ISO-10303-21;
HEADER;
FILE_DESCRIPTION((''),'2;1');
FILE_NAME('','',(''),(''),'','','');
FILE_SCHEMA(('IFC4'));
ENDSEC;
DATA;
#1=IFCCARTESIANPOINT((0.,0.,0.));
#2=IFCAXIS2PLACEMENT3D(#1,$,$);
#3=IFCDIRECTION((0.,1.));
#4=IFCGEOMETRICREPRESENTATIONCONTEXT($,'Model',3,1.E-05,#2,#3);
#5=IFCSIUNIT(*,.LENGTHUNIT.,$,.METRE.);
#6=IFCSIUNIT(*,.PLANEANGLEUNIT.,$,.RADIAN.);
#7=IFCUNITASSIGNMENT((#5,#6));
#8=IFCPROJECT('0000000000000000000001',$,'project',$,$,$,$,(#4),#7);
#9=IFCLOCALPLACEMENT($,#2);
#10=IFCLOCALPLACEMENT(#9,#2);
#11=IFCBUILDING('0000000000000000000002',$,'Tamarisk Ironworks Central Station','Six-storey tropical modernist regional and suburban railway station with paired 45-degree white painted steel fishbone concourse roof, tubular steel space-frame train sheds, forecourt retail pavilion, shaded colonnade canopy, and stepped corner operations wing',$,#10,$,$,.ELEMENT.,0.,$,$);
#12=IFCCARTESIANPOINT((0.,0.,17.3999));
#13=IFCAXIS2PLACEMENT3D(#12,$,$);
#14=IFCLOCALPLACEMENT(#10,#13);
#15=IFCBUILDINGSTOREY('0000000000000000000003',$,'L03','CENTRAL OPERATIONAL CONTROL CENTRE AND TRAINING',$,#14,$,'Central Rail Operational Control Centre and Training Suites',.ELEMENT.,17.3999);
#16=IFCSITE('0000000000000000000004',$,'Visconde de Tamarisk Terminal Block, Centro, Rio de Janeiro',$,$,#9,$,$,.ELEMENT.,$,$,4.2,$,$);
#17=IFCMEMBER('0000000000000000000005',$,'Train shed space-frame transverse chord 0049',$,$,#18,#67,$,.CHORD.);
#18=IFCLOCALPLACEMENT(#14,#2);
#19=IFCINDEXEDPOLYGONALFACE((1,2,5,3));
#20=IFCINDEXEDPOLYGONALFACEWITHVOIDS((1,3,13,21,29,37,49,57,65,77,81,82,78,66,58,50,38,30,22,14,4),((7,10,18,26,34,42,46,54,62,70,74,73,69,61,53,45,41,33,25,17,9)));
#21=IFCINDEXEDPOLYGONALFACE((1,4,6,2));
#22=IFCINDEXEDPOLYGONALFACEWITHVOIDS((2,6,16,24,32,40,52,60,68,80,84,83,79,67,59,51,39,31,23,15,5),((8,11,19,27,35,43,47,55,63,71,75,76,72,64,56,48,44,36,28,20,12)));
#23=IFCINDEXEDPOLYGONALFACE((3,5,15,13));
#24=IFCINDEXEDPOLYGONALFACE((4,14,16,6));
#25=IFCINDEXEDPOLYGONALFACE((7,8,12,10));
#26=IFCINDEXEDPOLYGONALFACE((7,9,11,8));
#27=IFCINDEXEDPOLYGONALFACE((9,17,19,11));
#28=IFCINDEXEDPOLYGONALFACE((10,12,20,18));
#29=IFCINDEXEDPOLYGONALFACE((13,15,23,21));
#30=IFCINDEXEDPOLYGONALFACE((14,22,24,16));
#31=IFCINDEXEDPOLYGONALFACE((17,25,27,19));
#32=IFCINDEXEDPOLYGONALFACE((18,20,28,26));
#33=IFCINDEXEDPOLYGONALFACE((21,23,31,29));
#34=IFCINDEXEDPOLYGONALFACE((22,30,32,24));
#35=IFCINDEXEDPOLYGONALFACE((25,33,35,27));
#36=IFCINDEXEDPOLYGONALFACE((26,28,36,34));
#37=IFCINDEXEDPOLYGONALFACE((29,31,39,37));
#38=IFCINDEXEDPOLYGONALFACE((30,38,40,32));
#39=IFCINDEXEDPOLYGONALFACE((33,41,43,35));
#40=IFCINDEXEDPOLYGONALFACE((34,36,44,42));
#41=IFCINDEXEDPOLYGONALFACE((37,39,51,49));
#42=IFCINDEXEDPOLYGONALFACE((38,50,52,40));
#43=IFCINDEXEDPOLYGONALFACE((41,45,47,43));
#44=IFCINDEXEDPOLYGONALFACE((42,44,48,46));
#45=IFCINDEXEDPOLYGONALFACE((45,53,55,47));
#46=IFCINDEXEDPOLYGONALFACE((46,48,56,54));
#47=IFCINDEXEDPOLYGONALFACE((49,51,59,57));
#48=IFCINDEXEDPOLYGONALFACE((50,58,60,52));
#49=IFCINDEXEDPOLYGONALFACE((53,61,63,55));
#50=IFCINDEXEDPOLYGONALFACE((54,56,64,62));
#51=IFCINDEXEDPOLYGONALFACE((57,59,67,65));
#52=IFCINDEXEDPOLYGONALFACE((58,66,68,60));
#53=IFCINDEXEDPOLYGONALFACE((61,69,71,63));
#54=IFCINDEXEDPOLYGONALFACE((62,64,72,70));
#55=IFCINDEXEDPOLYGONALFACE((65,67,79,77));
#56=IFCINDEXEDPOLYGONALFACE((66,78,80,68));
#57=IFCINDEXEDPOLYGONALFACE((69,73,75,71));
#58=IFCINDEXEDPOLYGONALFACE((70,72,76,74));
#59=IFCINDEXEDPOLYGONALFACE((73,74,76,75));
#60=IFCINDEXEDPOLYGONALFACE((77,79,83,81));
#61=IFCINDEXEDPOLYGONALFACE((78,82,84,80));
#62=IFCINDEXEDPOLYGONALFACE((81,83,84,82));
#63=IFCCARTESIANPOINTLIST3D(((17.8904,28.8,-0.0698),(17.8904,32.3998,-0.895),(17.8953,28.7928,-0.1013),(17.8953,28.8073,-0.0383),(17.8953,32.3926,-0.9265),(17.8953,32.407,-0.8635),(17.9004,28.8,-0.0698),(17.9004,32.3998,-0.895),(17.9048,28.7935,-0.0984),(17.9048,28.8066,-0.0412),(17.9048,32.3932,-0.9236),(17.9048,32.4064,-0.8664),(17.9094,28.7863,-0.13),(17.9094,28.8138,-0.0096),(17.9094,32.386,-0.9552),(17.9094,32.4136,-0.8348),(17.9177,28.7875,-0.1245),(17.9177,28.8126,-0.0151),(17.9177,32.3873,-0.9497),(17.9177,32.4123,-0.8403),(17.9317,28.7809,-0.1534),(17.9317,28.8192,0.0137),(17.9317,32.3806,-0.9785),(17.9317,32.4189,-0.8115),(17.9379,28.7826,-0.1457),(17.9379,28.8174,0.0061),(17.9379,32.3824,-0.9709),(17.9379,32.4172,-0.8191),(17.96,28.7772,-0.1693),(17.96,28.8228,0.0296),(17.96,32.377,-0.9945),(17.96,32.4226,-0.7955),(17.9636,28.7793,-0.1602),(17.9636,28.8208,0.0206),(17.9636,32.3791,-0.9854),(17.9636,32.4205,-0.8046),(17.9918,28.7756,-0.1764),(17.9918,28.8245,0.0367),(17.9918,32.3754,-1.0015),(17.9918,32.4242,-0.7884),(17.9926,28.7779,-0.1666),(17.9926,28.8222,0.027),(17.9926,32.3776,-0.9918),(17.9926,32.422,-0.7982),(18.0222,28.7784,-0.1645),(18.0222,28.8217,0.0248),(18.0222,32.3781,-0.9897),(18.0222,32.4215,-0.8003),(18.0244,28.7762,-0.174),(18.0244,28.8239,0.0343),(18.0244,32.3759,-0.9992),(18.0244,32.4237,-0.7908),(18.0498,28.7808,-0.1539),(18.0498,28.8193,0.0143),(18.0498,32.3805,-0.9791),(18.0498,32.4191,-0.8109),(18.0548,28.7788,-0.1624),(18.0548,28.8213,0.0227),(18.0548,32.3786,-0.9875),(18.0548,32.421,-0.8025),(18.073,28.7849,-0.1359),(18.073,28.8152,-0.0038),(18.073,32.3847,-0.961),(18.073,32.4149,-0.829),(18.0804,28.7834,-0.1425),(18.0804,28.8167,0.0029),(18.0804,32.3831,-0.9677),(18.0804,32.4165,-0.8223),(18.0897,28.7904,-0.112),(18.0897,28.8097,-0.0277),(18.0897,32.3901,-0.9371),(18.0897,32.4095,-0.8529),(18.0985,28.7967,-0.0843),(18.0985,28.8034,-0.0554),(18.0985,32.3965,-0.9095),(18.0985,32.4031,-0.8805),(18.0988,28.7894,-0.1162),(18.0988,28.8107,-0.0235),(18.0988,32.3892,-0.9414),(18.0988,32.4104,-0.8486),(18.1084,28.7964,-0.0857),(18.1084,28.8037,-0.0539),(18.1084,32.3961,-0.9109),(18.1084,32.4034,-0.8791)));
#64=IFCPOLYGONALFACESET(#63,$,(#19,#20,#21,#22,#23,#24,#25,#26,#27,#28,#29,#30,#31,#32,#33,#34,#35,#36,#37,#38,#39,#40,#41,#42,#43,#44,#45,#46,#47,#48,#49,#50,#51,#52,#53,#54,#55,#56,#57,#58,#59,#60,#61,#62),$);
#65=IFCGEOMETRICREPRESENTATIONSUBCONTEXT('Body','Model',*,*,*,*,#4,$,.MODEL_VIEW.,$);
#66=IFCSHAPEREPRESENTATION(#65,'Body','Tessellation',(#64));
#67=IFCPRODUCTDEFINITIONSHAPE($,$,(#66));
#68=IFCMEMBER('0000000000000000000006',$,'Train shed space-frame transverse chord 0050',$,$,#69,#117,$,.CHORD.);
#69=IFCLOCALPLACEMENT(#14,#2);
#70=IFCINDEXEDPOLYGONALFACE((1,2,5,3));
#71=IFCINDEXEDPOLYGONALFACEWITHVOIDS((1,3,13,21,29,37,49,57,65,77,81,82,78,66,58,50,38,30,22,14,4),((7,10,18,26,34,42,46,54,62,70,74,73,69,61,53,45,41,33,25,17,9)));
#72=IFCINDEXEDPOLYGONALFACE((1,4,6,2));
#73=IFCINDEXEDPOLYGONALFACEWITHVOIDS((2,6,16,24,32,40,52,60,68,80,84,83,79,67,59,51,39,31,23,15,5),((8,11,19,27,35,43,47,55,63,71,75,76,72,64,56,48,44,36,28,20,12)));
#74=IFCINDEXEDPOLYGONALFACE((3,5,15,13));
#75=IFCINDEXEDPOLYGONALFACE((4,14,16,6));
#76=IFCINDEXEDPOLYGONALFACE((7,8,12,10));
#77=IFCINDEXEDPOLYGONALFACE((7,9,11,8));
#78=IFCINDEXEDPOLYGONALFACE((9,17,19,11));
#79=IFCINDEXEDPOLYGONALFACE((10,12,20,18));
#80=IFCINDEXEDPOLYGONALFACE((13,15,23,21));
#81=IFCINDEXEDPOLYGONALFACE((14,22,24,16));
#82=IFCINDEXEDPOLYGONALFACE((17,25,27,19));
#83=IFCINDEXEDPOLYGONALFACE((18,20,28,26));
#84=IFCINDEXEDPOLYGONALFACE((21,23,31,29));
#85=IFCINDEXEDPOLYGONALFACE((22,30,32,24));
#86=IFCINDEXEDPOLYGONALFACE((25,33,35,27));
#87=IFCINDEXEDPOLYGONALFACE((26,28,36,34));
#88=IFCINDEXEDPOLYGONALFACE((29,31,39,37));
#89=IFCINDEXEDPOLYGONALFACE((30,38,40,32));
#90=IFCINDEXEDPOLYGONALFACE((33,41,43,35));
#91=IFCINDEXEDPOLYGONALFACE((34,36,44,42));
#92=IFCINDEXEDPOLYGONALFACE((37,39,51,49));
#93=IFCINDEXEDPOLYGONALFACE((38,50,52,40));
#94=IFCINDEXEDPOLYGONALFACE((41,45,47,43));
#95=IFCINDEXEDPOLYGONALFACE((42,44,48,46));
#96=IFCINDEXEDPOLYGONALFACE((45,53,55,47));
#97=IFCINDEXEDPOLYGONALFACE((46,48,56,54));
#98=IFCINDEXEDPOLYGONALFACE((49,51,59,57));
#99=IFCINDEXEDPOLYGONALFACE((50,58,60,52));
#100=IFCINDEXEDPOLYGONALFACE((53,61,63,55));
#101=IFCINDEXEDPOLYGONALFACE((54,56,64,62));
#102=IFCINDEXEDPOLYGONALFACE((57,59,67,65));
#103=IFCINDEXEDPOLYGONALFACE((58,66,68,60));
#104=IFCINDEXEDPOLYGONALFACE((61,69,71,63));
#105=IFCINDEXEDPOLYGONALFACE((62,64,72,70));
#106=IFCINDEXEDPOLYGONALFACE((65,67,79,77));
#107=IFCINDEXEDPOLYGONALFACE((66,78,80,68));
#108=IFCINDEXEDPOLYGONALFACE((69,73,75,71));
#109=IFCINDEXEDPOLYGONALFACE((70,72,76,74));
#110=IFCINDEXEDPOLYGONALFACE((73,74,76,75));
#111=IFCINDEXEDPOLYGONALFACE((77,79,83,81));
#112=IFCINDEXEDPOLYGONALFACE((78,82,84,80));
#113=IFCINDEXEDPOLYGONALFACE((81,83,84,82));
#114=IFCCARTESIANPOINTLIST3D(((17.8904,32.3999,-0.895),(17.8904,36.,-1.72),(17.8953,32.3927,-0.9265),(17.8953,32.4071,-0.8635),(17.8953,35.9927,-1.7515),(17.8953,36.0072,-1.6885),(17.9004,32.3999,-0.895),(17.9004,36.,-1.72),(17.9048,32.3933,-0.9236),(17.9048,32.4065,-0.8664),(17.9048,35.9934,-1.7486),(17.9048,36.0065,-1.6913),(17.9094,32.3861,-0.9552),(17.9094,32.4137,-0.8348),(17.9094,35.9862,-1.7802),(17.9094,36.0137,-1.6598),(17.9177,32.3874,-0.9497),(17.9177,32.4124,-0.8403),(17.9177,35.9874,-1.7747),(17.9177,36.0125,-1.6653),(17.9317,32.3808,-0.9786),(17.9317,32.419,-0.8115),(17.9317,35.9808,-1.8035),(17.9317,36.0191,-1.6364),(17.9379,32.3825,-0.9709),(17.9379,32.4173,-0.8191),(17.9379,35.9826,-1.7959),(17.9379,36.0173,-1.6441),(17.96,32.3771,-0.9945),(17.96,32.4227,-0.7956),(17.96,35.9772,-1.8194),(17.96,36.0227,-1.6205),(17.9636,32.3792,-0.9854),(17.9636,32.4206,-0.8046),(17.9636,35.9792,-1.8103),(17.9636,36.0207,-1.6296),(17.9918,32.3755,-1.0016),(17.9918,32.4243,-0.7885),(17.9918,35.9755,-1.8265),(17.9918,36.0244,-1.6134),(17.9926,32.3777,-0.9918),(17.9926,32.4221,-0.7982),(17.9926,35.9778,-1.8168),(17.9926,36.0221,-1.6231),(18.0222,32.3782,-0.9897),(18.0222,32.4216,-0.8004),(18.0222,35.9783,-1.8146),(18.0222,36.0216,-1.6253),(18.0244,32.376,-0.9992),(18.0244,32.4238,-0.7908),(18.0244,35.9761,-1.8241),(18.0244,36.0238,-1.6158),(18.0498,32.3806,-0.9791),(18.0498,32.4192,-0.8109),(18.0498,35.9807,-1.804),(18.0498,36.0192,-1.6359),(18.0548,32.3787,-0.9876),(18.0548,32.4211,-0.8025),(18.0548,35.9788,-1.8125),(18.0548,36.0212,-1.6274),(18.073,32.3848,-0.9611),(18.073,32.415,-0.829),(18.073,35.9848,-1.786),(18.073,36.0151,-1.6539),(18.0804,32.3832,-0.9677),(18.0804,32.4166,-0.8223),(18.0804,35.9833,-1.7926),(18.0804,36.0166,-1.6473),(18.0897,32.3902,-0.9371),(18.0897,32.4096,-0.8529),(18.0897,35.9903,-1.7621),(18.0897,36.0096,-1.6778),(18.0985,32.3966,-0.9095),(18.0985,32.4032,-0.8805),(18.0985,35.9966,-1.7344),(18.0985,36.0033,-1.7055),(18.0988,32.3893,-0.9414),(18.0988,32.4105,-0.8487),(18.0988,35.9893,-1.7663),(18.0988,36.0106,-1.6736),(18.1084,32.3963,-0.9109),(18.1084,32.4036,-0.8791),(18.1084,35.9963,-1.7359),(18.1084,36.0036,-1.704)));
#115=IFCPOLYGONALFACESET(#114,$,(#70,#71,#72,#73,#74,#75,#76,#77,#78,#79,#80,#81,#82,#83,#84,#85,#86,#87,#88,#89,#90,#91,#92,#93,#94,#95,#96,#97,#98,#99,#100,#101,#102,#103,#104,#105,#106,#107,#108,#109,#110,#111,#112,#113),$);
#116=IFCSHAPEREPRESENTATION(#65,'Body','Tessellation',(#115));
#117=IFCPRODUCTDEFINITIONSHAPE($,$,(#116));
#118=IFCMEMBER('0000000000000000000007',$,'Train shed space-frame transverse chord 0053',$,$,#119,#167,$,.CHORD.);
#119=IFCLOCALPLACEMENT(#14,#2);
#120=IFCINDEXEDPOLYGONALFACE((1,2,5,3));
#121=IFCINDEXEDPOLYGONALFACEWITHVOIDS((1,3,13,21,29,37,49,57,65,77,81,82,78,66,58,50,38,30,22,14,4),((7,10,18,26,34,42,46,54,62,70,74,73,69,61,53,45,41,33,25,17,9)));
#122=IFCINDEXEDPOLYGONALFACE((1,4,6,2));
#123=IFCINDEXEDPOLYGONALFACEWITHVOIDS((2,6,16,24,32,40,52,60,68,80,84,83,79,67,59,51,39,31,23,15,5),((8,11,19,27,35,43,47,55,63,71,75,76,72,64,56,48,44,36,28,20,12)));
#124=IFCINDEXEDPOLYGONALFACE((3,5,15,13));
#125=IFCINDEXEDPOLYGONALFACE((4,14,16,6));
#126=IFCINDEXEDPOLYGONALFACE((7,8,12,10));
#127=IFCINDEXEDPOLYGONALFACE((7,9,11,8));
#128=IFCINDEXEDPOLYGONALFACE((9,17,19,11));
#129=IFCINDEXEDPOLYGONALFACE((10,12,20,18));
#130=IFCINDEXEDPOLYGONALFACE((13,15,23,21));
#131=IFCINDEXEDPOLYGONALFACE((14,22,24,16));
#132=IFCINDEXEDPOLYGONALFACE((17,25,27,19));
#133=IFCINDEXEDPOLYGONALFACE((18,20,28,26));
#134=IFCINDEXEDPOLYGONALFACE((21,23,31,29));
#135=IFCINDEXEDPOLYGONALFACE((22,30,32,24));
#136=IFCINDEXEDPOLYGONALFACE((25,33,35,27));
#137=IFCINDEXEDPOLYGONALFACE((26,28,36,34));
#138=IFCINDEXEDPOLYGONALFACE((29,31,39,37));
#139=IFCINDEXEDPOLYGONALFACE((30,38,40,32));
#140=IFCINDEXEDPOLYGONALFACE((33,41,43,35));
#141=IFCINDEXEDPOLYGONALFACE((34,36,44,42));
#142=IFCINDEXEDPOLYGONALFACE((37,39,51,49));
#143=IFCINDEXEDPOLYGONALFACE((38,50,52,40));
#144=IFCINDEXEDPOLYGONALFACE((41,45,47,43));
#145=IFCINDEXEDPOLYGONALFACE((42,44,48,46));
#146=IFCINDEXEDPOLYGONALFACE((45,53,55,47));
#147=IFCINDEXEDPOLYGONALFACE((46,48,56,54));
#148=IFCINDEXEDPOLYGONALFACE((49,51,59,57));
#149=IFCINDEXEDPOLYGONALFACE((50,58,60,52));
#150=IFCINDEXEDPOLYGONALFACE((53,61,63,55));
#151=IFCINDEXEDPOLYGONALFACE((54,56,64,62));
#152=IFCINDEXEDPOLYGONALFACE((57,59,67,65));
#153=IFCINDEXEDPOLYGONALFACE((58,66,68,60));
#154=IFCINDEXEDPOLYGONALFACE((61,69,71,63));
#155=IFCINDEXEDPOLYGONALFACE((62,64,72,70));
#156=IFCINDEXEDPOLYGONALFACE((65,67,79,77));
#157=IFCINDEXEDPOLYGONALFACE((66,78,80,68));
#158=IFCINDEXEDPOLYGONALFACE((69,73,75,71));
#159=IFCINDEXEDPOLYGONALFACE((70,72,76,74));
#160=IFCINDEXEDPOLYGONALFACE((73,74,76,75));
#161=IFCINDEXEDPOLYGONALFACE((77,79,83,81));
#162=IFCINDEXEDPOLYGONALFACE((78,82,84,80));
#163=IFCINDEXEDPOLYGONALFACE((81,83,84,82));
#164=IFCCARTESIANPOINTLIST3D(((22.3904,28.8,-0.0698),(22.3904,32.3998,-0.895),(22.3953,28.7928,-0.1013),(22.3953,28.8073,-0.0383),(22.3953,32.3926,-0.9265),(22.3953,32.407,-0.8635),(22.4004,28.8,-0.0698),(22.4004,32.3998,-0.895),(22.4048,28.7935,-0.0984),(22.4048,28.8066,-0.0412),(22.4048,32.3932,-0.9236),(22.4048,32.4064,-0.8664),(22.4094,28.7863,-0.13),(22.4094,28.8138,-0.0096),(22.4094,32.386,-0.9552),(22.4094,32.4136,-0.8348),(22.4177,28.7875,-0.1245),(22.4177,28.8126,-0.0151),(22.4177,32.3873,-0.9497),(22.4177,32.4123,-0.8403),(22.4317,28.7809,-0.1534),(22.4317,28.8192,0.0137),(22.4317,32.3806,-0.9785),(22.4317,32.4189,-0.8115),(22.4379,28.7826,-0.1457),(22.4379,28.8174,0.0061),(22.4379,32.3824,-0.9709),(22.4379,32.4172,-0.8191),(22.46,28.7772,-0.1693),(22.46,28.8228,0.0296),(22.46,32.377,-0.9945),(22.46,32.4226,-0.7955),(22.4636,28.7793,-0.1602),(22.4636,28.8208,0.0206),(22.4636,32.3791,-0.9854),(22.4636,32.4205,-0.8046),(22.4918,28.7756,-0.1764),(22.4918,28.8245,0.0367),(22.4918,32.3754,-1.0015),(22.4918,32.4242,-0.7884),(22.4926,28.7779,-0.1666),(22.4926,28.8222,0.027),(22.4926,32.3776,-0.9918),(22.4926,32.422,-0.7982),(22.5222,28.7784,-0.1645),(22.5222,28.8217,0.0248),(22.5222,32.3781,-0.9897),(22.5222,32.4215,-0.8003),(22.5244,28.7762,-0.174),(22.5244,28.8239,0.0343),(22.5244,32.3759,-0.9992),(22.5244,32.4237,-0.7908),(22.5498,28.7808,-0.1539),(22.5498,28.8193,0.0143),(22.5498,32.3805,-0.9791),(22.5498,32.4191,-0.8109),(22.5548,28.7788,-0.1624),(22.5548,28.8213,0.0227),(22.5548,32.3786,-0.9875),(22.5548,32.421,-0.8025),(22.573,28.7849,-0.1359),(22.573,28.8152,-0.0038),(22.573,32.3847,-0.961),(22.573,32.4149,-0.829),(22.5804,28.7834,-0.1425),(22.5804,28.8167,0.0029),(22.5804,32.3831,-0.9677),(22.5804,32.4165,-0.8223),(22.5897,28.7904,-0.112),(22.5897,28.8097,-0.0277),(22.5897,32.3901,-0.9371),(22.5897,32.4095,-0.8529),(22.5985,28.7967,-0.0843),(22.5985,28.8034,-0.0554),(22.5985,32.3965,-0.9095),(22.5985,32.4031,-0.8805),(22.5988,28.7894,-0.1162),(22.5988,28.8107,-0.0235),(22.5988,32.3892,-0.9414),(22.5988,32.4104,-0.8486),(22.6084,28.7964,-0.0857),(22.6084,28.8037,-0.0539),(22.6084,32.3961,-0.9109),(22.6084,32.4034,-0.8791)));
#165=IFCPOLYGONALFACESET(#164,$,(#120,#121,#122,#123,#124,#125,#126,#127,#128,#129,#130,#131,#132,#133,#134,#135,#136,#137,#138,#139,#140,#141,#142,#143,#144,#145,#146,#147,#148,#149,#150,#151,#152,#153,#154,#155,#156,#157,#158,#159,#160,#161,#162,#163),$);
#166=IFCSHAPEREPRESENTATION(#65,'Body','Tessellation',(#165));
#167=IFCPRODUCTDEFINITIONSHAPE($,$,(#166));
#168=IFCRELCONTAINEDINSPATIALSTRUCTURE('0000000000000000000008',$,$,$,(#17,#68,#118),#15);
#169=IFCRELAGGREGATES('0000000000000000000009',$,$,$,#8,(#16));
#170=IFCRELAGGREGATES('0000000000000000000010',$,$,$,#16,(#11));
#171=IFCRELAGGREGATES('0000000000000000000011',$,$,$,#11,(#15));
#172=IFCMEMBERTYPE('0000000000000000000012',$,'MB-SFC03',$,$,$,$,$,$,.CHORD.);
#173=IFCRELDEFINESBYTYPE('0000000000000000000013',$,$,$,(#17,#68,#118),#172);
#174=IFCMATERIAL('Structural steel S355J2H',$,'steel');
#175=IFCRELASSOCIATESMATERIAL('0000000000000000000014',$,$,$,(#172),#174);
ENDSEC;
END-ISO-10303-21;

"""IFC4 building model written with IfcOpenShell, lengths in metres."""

from ifc_helpers import new_model, si_unit, direction, frame, origin, origin_2d, place, context, subcontext, project, spatial, hollow_circle, extrude, material, material_profile, profile_set, type_object, element, save


model = new_model("IFC4")

# Units and contexts
model_context = context("Model", 3, precision=1e-05, world=origin(), true_north=direction((0.0, 1.0)))
body_context = subcontext(model_context, "Body", "Model", "MODEL_VIEW")
ifc_project = project(units=[si_unit("LENGTHUNIT", "METRE"), si_unit("PLANEANGLEUNIT", "RADIAN")], contexts=[model_context])

# Site, building, storey
site_placement = place(None, origin())
site = spatial("IfcSite", under=ifc_project, at=site_placement, Name="Visconde de Tamarisk Terminal Block, Centro, Rio de Janeiro", CompositionType="ELEMENT", RefElevation=4.2)
building_placement = place(site_placement, origin())
building = spatial("IfcBuilding", under=site, at=building_placement, Name="Tamarisk Ironworks Central Station", Description="Six-storey tropical modernist regional and suburban railway station with paired 45-degree white painted steel fishbone concourse roof, tubular steel space-frame train sheds, forecourt retail pavilion, shaded colonnade canopy, and stepped corner operations wing", CompositionType="ELEMENT", ElevationOfRefHeight=0.0)
storey_placement = place(building_placement, frame((0.0, 0.0, 17.3999)))
storey = spatial("IfcBuildingStorey", under=building, at=storey_placement, Name="L03", Description="CENTRAL OPERATIONAL CONTROL CENTRE AND TRAINING", LongName="Central Rail Operational Control Centre and Training Suites", CompositionType="ELEMENT", Elevation=17.3999)

# Members
ifc_material = material(Name="Structural steel S355J2H", Category="steel")
ifc_material_profile_1 = material_profile(ifc_material, hollow_circle(Radius=0.1096, WallThickness=0.01, at=origin_2d()), Name="CHS 219.1x10")
ifc_profile_set_1 = profile_set([ifc_material_profile_1], Name="Structural steel S355J2H")
member_type_1 = type_object("IfcMemberType", Name="MB-SFC03", PredefinedType="CHORD", material=ifc_profile_set_1)
member_1_placement = place(storey_placement, frame((18.0, 28.8, -0.0698), z_axis=(0.0, 0.974719, -0.223435), x_axis=(-1.0, 0.0, 0.0)))
element("IfcMember", 1, at=member_1_placement, inside=storey, type_object=member_type_1, Name="Train shed space-frame transverse chord 0049", PredefinedType="CHORD", context=body_context, shape_type="SweptSolid", body=[
    extrude(hollow_circle(Radius=0.1096, WallThickness=0.01, at=origin_2d()), origin(), (0.0, 0.0, 1.0), 3.6931),
])
member_2_placement = place(storey_placement, frame((18.0, 32.3999, -0.895), z_axis=(0.0, 0.974737, -0.223358), x_axis=(-1.0, 0.0, 0.0)))
element("IfcMember", 2, at=member_2_placement, inside=storey, type_object=member_type_1, Name="Train shed space-frame transverse chord 0050", PredefinedType="CHORD", context=body_context, shape_type="SweptSolid", body=[
    extrude(hollow_circle(Radius=0.1096, WallThickness=0.01, at=origin_2d()), origin(), (0.0, 0.0, 1.0), 3.6934),
])
member_3_placement = place(storey_placement, frame((22.5, 28.8, -0.0698), z_axis=(0.0, 0.974719, -0.223435), x_axis=(-1.0, 0.0, 0.0)))
element("IfcMember", 3, at=member_3_placement, inside=storey, type_object=member_type_1, Name="Train shed space-frame transverse chord 0053", PredefinedType="CHORD", context=body_context, shape_type="SweptSolid", body=[
    extrude(hollow_circle(Radius=0.1096, WallThickness=0.01, at=origin_2d()), origin(), (0.0, 0.0, 1.0), 3.6931),
])

save(model, "model.ifc")
